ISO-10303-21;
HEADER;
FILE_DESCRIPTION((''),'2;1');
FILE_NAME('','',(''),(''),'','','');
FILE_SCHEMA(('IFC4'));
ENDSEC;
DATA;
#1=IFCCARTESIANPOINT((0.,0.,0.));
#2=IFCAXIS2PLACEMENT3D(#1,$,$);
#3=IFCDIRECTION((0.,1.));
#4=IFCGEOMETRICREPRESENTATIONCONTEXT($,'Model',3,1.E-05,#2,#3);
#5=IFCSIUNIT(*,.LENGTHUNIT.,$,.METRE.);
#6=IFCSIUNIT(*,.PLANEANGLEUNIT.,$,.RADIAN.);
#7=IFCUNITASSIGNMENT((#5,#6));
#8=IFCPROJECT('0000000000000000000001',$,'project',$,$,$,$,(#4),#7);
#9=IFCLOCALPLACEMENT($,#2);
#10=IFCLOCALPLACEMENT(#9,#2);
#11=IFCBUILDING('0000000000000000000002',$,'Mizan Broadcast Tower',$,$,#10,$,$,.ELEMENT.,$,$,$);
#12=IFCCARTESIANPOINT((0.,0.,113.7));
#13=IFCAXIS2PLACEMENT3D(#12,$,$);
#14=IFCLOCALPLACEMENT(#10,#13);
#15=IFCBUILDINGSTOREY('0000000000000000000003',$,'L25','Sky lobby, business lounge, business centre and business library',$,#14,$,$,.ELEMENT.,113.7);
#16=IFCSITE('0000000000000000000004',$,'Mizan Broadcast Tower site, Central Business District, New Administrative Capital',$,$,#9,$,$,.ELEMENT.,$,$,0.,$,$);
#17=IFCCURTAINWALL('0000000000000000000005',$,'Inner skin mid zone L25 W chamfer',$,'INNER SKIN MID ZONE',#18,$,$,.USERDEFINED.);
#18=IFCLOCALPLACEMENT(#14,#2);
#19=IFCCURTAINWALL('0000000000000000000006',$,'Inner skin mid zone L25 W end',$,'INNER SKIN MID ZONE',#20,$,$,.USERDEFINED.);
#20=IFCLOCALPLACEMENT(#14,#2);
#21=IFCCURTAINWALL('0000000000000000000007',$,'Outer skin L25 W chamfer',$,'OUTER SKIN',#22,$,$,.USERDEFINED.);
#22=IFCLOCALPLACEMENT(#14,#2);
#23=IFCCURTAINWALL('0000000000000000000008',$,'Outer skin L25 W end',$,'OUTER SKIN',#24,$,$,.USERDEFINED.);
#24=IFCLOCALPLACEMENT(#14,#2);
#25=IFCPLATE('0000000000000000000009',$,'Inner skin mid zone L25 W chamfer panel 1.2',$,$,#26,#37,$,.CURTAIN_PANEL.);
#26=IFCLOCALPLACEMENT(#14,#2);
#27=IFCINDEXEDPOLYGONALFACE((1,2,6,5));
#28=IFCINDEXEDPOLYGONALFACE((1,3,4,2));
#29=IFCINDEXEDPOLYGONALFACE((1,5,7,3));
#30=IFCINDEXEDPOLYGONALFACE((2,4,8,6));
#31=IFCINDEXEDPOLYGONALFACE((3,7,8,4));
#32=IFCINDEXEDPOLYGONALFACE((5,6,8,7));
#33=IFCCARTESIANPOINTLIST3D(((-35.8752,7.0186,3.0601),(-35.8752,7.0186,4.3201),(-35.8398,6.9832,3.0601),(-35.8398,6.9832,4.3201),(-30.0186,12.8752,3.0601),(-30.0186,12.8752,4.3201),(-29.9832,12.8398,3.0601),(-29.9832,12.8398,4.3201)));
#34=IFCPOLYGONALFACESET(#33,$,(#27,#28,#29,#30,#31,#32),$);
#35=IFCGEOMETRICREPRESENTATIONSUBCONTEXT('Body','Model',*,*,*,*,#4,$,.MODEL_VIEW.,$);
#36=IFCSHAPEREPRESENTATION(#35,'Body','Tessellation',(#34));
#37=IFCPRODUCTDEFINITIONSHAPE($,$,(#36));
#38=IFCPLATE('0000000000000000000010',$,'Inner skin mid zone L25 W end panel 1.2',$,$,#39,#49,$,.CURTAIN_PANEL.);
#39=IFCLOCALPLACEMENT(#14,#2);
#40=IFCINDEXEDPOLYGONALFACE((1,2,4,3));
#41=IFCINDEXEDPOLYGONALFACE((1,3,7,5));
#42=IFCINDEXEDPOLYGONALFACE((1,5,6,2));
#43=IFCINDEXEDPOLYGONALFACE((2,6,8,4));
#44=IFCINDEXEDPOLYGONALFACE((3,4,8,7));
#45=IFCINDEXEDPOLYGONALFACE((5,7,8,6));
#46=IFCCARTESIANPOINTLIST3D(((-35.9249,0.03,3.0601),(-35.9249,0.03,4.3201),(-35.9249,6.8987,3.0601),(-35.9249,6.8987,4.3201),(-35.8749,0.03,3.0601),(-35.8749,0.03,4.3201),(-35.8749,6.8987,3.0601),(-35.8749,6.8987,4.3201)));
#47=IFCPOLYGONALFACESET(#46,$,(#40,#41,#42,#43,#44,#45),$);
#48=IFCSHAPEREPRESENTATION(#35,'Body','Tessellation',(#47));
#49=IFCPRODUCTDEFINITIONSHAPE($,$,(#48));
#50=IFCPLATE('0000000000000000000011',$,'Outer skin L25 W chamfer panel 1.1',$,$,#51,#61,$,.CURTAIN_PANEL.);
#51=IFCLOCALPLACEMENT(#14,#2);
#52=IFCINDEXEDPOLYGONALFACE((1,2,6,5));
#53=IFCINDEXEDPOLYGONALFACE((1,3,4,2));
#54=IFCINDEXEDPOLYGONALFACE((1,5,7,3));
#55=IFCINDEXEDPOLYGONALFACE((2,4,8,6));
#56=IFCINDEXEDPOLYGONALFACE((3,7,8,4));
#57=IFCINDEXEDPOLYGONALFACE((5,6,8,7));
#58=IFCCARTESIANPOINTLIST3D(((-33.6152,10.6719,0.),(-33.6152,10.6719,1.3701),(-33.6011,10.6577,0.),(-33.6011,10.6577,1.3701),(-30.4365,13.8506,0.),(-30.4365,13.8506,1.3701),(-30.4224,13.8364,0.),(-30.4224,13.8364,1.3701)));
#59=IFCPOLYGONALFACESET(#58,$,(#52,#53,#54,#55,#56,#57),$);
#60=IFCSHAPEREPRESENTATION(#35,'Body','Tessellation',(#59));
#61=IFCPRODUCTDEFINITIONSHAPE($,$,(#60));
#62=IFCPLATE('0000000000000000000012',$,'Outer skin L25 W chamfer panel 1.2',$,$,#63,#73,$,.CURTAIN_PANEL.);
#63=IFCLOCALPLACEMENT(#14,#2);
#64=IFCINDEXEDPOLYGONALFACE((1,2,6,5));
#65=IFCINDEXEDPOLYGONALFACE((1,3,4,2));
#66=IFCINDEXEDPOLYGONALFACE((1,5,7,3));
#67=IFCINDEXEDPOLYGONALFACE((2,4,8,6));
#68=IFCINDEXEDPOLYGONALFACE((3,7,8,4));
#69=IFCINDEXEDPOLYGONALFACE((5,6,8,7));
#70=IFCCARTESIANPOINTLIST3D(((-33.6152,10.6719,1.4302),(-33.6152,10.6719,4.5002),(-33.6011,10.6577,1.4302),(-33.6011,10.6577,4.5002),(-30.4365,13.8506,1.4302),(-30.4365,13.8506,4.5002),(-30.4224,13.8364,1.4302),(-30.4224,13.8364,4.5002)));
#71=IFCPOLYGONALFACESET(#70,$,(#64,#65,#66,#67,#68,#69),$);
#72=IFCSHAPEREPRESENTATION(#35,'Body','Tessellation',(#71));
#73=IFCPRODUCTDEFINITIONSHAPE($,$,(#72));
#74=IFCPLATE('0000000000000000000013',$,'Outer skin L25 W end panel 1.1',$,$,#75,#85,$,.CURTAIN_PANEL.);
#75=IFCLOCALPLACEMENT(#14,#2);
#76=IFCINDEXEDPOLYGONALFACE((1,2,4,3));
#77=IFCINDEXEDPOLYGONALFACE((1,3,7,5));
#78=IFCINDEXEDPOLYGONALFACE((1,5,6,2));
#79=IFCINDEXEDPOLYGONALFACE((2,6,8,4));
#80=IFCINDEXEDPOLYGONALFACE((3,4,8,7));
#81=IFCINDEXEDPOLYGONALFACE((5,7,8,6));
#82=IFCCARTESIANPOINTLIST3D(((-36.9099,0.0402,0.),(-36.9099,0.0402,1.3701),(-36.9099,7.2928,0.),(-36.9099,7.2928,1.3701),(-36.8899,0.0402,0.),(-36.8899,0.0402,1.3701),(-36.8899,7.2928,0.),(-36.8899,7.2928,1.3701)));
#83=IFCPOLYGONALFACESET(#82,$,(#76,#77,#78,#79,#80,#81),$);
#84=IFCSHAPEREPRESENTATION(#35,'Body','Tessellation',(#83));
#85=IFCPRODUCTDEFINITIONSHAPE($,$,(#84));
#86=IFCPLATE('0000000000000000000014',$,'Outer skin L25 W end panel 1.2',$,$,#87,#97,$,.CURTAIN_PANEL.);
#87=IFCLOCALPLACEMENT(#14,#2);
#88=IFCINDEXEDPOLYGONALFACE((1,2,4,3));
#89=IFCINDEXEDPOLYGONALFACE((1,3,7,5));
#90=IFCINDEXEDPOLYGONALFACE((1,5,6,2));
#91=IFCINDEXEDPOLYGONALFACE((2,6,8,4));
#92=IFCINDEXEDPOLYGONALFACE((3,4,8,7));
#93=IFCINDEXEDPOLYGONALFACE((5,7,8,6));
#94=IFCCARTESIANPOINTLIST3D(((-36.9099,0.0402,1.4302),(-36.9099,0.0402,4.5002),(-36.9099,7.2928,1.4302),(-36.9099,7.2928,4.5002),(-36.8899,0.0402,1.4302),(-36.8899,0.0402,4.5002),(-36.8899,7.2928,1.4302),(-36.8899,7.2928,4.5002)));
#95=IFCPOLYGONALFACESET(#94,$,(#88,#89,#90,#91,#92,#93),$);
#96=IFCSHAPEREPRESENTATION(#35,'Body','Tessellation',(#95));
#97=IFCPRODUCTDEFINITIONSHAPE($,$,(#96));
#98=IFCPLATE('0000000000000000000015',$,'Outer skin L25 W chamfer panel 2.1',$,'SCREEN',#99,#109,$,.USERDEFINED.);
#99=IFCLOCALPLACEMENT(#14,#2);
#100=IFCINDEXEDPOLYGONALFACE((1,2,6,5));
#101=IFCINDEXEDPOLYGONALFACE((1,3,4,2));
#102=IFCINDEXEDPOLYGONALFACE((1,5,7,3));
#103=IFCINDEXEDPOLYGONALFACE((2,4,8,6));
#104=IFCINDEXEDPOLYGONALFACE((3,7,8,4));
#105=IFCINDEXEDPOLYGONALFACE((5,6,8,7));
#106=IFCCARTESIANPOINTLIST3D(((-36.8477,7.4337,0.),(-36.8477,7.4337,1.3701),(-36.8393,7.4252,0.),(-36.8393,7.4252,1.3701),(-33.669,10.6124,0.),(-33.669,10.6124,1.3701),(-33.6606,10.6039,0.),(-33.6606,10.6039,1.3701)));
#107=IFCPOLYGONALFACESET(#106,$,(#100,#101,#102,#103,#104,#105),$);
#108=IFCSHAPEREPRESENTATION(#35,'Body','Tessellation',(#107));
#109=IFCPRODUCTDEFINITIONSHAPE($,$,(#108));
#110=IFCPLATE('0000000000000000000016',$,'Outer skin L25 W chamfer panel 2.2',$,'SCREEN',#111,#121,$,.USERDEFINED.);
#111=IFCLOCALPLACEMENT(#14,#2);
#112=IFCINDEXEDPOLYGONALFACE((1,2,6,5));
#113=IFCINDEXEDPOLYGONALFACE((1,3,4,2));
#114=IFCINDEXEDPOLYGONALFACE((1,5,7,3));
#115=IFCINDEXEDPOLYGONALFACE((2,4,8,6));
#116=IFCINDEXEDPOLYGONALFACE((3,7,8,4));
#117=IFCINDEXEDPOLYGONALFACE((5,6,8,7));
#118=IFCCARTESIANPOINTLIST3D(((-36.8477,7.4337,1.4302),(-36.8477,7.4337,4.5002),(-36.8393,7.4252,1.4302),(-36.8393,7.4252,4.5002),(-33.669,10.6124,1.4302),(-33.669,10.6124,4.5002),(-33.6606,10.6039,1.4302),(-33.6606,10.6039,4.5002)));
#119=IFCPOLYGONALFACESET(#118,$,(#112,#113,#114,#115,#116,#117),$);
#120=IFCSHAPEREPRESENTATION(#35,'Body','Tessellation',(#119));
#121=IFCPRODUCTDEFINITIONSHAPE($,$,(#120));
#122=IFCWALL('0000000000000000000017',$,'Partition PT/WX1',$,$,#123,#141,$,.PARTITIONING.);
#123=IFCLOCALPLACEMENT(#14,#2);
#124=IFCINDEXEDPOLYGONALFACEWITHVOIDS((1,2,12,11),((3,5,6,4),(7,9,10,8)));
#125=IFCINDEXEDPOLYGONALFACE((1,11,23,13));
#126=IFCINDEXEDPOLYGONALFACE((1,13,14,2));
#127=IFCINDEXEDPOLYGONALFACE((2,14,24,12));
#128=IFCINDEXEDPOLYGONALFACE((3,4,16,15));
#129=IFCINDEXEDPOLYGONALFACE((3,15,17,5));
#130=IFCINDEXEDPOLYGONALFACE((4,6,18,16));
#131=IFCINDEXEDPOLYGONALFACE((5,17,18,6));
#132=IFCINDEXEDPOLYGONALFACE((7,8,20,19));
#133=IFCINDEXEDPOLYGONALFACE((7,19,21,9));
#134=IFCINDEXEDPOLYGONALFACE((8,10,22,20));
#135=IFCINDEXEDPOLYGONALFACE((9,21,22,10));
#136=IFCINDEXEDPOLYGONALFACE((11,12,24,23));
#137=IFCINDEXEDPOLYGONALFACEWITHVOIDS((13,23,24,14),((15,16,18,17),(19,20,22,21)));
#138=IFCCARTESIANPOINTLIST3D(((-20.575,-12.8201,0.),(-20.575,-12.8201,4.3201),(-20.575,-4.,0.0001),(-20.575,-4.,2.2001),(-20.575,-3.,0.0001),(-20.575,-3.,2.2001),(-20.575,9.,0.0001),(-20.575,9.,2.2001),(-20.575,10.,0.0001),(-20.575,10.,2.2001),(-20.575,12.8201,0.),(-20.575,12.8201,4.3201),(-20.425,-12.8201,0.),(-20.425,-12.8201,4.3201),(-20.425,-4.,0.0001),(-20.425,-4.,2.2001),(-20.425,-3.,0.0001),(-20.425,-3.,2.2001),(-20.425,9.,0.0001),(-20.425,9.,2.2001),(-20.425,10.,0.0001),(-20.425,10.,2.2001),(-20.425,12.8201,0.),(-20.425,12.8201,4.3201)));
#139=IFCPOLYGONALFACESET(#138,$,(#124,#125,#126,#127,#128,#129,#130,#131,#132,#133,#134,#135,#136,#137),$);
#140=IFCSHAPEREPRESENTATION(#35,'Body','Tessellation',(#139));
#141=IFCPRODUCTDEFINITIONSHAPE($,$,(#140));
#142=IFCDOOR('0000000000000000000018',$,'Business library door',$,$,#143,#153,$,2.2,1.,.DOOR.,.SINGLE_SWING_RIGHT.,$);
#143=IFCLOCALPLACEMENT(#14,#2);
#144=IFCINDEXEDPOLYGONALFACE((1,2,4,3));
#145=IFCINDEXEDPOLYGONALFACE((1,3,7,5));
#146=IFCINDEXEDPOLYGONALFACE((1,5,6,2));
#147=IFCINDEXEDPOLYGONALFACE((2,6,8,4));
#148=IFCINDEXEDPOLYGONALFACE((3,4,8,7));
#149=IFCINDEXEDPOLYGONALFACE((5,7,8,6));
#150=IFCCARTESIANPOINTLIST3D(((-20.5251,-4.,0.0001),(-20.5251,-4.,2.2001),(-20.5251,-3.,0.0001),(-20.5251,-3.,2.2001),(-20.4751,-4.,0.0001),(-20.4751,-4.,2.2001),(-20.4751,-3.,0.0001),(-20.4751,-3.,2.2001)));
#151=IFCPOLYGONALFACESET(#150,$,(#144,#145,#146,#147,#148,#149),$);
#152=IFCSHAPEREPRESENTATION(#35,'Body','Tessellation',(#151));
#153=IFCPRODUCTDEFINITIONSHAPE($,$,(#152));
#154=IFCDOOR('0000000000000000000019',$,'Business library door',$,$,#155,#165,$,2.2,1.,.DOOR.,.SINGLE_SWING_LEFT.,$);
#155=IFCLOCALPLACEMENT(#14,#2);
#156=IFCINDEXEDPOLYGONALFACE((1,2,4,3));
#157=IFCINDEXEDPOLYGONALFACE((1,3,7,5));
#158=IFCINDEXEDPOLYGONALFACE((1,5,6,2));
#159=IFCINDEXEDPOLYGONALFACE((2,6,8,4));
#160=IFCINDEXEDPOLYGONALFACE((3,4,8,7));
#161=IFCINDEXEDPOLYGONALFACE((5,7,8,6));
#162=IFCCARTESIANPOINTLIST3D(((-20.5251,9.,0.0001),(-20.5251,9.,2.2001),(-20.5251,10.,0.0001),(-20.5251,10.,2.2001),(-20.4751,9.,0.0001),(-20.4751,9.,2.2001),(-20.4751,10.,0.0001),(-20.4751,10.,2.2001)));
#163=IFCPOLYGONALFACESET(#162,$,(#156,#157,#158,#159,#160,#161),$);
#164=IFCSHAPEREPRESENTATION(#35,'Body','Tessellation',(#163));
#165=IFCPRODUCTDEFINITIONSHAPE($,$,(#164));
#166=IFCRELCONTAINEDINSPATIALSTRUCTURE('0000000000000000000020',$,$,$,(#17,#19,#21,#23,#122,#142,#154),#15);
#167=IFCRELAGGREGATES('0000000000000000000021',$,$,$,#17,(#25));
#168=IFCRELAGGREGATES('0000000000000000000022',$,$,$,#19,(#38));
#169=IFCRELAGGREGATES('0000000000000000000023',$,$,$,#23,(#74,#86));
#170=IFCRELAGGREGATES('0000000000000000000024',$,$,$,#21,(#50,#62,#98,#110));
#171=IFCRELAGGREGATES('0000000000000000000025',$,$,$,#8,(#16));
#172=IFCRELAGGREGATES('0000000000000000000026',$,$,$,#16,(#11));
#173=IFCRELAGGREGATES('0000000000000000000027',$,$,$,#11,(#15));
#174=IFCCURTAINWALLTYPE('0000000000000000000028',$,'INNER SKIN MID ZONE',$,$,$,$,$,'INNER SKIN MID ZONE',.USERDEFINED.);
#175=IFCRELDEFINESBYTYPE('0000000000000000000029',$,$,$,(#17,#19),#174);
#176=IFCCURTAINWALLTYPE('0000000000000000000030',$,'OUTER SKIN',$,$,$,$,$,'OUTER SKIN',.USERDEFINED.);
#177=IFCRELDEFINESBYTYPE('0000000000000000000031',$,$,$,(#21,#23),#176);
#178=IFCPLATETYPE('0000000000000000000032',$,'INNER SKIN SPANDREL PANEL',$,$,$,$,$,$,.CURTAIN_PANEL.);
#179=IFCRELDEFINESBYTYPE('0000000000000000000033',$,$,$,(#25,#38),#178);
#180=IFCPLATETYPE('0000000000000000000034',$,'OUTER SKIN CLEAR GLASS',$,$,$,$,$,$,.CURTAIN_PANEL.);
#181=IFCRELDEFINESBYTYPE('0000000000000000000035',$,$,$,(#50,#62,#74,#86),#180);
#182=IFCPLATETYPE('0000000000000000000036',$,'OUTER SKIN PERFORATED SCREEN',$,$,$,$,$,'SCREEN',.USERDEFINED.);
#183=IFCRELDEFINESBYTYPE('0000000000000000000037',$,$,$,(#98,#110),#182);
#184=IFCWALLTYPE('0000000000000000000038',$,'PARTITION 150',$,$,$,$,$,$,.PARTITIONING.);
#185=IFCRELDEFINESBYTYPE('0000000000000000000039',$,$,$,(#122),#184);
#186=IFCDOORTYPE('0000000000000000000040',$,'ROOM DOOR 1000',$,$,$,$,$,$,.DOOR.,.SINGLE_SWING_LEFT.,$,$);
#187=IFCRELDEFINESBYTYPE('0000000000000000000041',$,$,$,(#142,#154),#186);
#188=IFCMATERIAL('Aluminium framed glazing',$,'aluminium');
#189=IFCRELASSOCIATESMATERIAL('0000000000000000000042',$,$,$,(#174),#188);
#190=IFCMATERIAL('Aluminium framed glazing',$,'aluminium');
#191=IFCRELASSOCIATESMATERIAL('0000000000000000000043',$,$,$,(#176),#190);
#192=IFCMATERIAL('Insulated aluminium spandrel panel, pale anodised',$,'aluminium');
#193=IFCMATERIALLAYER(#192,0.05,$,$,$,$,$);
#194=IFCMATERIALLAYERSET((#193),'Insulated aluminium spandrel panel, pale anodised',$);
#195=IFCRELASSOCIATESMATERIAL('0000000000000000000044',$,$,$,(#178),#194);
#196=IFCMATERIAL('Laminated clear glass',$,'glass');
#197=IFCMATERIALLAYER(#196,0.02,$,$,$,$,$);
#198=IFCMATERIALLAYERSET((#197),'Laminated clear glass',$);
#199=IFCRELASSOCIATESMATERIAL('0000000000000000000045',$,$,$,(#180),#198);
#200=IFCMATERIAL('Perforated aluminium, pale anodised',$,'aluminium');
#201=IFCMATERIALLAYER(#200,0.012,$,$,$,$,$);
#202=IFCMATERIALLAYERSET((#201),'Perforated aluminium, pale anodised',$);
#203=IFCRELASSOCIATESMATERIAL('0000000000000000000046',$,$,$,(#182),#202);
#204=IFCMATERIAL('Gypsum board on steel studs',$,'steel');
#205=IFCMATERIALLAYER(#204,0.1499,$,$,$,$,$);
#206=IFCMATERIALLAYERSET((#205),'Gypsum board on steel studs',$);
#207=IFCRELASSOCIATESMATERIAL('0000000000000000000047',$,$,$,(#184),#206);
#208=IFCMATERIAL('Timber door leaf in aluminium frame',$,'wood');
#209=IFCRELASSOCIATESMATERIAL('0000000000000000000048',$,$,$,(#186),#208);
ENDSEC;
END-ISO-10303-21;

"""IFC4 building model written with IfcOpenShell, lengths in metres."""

from ifc_helpers import new_model, si_unit, direction, frame, frame_2d, origin, origin_2d, place, context, subcontext, project, spatial, rectangle, extrude, material, layer, layer_set, type_object, element, fill, aggregate, save


model = new_model("IFC4")

# Units and contexts
model_context = context("Model", 3, precision=1e-05, world=origin(), true_north=direction((0.0, 1.0)))
body_context = subcontext(model_context, "Body", "Model", "MODEL_VIEW")
ifc_project = project(units=[si_unit("LENGTHUNIT", "METRE"), si_unit("PLANEANGLEUNIT", "RADIAN")], contexts=[model_context])

# Site, building, storey
site_placement = place(None, origin())
site = spatial("IfcSite", under=ifc_project, at=site_placement, Name="Mizan Broadcast Tower site, Central Business District, New Administrative Capital", CompositionType="ELEMENT", RefElevation=0.0)
building_placement = place(site_placement, origin())
building = spatial("IfcBuilding", under=site, at=building_placement, Name="Mizan Broadcast Tower", CompositionType="ELEMENT")
storey_placement = place(building_placement, frame((0.0, 0.0, 113.7)))
storey = spatial("IfcBuildingStorey", under=building, at=storey_placement, Name="L25", Description="Sky lobby, business lounge, business centre and business library", CompositionType="ELEMENT", Elevation=113.7)

# Shared definitions
ifc_material_1 = material(Name="Aluminium framed glazing", Category="aluminium")
curtain_wall_type_1 = type_object("IfcCurtainWallType", Name="INNER SKIN MID ZONE", ElementType="INNER SKIN MID ZONE", PredefinedType="USERDEFINED", material=ifc_material_1)

# Curtain wall
curtain_wall_1_placement = place(storey_placement, origin())
curtain_wall_1 = element("IfcCurtainWall", 1, at=curtain_wall_1_placement, inside=storey, type_object=curtain_wall_type_1, Name="Inner skin mid zone L25 W chamfer", ObjectType="INNER SKIN MID ZONE", PredefinedType="USERDEFINED")

# Curtain wall
curtain_wall_2_placement = place(storey_placement, origin())
curtain_wall_2 = element("IfcCurtainWall", 2, at=curtain_wall_2_placement, inside=storey, type_object=curtain_wall_type_1, Name="Inner skin mid zone L25 W end", ObjectType="INNER SKIN MID ZONE", PredefinedType="USERDEFINED")

# Curtain wall
ifc_material_2 = material(Name="Aluminium framed glazing", Category="aluminium")
curtain_wall_type_2 = type_object("IfcCurtainWallType", Name="OUTER SKIN", ElementType="OUTER SKIN", PredefinedType="USERDEFINED", material=ifc_material_2)
curtain_wall_3_placement = place(storey_placement, origin())
curtain_wall_3 = element("IfcCurtainWall", 3, at=curtain_wall_3_placement, inside=storey, type_object=curtain_wall_type_2, Name="Outer skin L25 W chamfer", ObjectType="OUTER SKIN", PredefinedType="USERDEFINED")

# Curtain wall
curtain_wall_4_placement = place(storey_placement, origin())
curtain_wall_4 = element("IfcCurtainWall", 4, at=curtain_wall_4_placement, inside=storey, type_object=curtain_wall_type_2, Name="Outer skin L25 W end", ObjectType="OUTER SKIN", PredefinedType="USERDEFINED")

# Plates
ifc_material_3 = material(Name="Insulated aluminium spandrel panel, pale anodised", Category="aluminium")
ifc_layer_1 = layer(ifc_material_3, 0.05)
ifc_layer_set_1 = layer_set([ifc_layer_1], Name="Insulated aluminium spandrel panel, pale anodised")
plate_type_1 = type_object("IfcPlateType", Name="INNER SKIN SPANDREL PANEL", PredefinedType="CURTAIN_PANEL", material=ifc_layer_set_1)
plate_1_placement = place(storey_placement, frame((-32.9292, 9.9292, 3.0601), z_axis=(0.0, 0.0, 1.0), x_axis=(-0.707107, -0.707107, 0.0)))
plate_1 = element("IfcPlate", 5, at=plate_1_placement, type_object=plate_type_1, Name="Inner skin mid zone L25 W chamfer panel 1.2", PredefinedType="CURTAIN_PANEL", context=body_context, shape_type="SweptSolid", body=[
    extrude(rectangle(XDim=8.2825, YDim=0.05, at=origin_2d()), origin(), (0.0, 0.0, 1.0), 1.26),
])
aggregate(curtain_wall_1, [plate_1])
plate_2_placement = place(storey_placement, frame((-35.8999, 3.4644, 3.0601), z_axis=(0.0, 0.0, 1.0), x_axis=(0.0, -1.0, 0.0)))
plate_2 = element("IfcPlate", 6, at=plate_2_placement, type_object=plate_type_1, Name="Inner skin mid zone L25 W end panel 1.2", PredefinedType="CURTAIN_PANEL", context=body_context, shape_type="SweptSolid", body=[
    extrude(rectangle(XDim=6.8687, YDim=0.05, at=origin_2d()), origin(), (0.0, 0.0, 1.0), 1.26),
])
aggregate(curtain_wall_2, [plate_2])
ifc_material_4 = material(Name="Laminated clear glass", Category="glass")
ifc_layer_2 = layer(ifc_material_4, 0.02)
ifc_layer_set_2 = layer_set([ifc_layer_2], Name="Laminated clear glass")
plate_type_2 = type_object("IfcPlateType", Name="OUTER SKIN CLEAR GLASS", PredefinedType="CURTAIN_PANEL", material=ifc_layer_set_2)
plate_3_placement = place(storey_placement, frame((-32.0188, 12.2542, 0.0), z_axis=(0.0, 0.0, 1.0), x_axis=(-0.707107, -0.707107, 0.0)))
plate_3 = element("IfcPlate", 7, at=plate_3_placement, type_object=plate_type_2, Name="Outer skin L25 W chamfer panel 1.1", PredefinedType="CURTAIN_PANEL", context=body_context, shape_type="SweptSolid", body=[
    extrude(rectangle(XDim=4.4954, YDim=0.02, at=origin_2d()), origin(), (0.0, 0.0, 1.0), 1.3701),
])
plate_4_placement = place(storey_placement, frame((-32.0188, 12.2542, 1.4302), z_axis=(0.0, 0.0, 1.0), x_axis=(-0.707107, -0.707107, 0.0)))
plate_4 = element("IfcPlate", 8, at=plate_4_placement, type_object=plate_type_2, Name="Outer skin L25 W chamfer panel 1.2", PredefinedType="CURTAIN_PANEL", context=body_context, shape_type="SweptSolid", body=[
    extrude(rectangle(XDim=4.4954, YDim=0.02, at=origin_2d()), origin(), (0.0, 0.0, 1.0), 3.0701),
])
plate_5_placement = place(storey_placement, frame((-36.8999, 3.6665, 0.0), z_axis=(0.0, 0.0, 1.0), x_axis=(0.0, -1.0, 0.0)))
plate_5 = element("IfcPlate", 9, at=plate_5_placement, type_object=plate_type_2, Name="Outer skin L25 W end panel 1.1", PredefinedType="CURTAIN_PANEL", context=body_context, shape_type="SweptSolid", body=[
    extrude(rectangle(XDim=7.2527, YDim=0.02, at=origin_2d()), origin(), (0.0, 0.0, 1.0), 1.3701),
])
plate_6_placement = place(storey_placement, frame((-36.8999, 3.6665, 1.4302), z_axis=(0.0, 0.0, 1.0), x_axis=(0.0, -1.0, 0.0)))
plate_6 = element("IfcPlate", 10, at=plate_6_placement, type_object=plate_type_2, Name="Outer skin L25 W end panel 1.2", PredefinedType="CURTAIN_PANEL", context=body_context, shape_type="SweptSolid", body=[
    extrude(rectangle(XDim=7.2527, YDim=0.02, at=origin_2d()), origin(), (0.0, 0.0, 1.0), 3.0701),
])
aggregate(curtain_wall_4, [plate_5, plate_6])
ifc_material_5 = material(Name="Perforated aluminium, pale anodised", Category="aluminium")
ifc_layer_3 = layer(ifc_material_5, 0.012)
ifc_layer_set_3 = layer_set([ifc_layer_3], Name="Perforated aluminium, pale anodised")
plate_type_3 = type_object("IfcPlateType", Name="OUTER SKIN PERFORATED SCREEN", ElementType="SCREEN", PredefinedType="USERDEFINED", material=ifc_layer_set_3)
plate_7_placement = place(storey_placement, frame((-35.2542, 9.0188, 0.0), z_axis=(0.0, 0.0, 1.0), x_axis=(-0.707107, -0.707107, 0.0)))
plate_7 = element("IfcPlate", 11, at=plate_7_placement, type_object=plate_type_3, Name="Outer skin L25 W chamfer panel 2.1", ObjectType="SCREEN", PredefinedType="USERDEFINED", context=body_context, shape_type="SweptSolid", body=[
    extrude(rectangle(XDim=4.4954, YDim=0.012, at=origin_2d()), origin(), (0.0, 0.0, 1.0), 1.3701),
])
plate_8_placement = place(storey_placement, frame((-35.2542, 9.0188, 1.4302), z_axis=(0.0, 0.0, 1.0), x_axis=(-0.707107, -0.707107, 0.0)))
plate_8 = element("IfcPlate", 12, at=plate_8_placement, type_object=plate_type_3, Name="Outer skin L25 W chamfer panel 2.2", ObjectType="SCREEN", PredefinedType="USERDEFINED", context=body_context, shape_type="SweptSolid", body=[
    extrude(rectangle(XDim=4.4954, YDim=0.012, at=origin_2d()), origin(), (0.0, 0.0, 1.0), 3.0701),
])
aggregate(curtain_wall_3, [plate_3, plate_4, plate_7, plate_8])

# Wall, openings, doors
ifc_material_6 = material(Name="Gypsum board on steel studs", Category="steel")
ifc_layer_4 = layer(ifc_material_6, 0.1499)
ifc_layer_set_4 = layer_set([ifc_layer_4], Name="Gypsum board on steel studs")
wall_type = type_object("IfcWallType", Name="PARTITION 150", PredefinedType="PARTITIONING", material=ifc_layer_set_4)
wall_placement = place(storey_placement, frame((-20.5, 12.8201, 0.0), z_axis=(0.0, 0.0, 1.0), x_axis=(0.0, -1.0, 0.0)))
wall = element("IfcWall", 13, at=wall_placement, inside=storey, type_object=wall_type, Name="Partition PT/WX1", PredefinedType="PARTITIONING", context=body_context, shape_type="SweptSolid", body=[
    extrude(rectangle(XDim=25.6401, YDim=0.1499, at=frame_2d((12.8201, 0.0))), origin(), (0.0, 0.0, 1.0), 4.3201),
])
opening_1_placement = place(wall_placement, frame((15.8201, 0.0, 0.0)))
opening_1 = element("IfcOpeningElement", 14, at=opening_1_placement, cuts=wall, PredefinedType="OPENING", context=body_context, shape_type="SweptSolid", body=[
    extrude(rectangle(XDim=1.0, YDim=2.2, at=frame_2d((0.5, 1.1001))), frame((0.0, 0.085, 0.0), z_axis=(0.0, -1.0, 0.0), x_axis=(1.0, 0.0, 0.0)), (0.0, 0.0, 1.0), 0.1699),
])
opening_2_placement = place(wall_placement, frame((2.8201, 0.0, 0.0)))
opening_2 = element("IfcOpeningElement", 15, at=opening_2_placement, cuts=wall, PredefinedType="OPENING", context=body_context, shape_type="SweptSolid", body=[
    extrude(rectangle(XDim=1.0, YDim=2.2, at=frame_2d((0.5, 1.1001))), frame((0.0, 0.085, 0.0), z_axis=(0.0, -1.0, 0.0), x_axis=(1.0, 0.0, 0.0)), (0.0, 0.0, 1.0), 0.1699),
])
ifc_material_7 = material(Name="Timber door leaf in aluminium frame", Category="wood")
door_type = type_object("IfcDoorType", Name="ROOM DOOR 1000", OperationType="SINGLE_SWING_LEFT", PredefinedType="DOOR", material=ifc_material_7)
door_1_placement = place(opening_1_placement, origin())
door_1 = element("IfcDoor", 16, at=door_1_placement, inside=storey, type_object=door_type, Name="Business library door", OperationType="SINGLE_SWING_RIGHT", OverallHeight=2.2, OverallWidth=1.0, PredefinedType="DOOR", context=body_context, shape_type="SweptSolid", body=[
    extrude(rectangle(XDim=1.0, YDim=2.2, at=frame_2d((0.5, 1.1001))), frame((0.0, 0.0249, 0.0), z_axis=(0.0, -1.0, 0.0), x_axis=(1.0, 0.0, 0.0)), (0.0, 0.0, 1.0), 0.05),
])
fill(opening_1, door_1)
door_2_placement = place(opening_2_placement, origin())
door_2 = element("IfcDoor", 17, at=door_2_placement, inside=storey, type_object=door_type, Name="Business library door", OperationType="SINGLE_SWING_LEFT", OverallHeight=2.2, OverallWidth=1.0, PredefinedType="DOOR", context=body_context, shape_type="SweptSolid", body=[
    extrude(rectangle(XDim=1.0, YDim=2.2, at=frame_2d((0.5, 1.1001))), frame((0.0, 0.0249, 0.0), z_axis=(0.0, -1.0, 0.0), x_axis=(1.0, 0.0, 0.0)), (0.0, 0.0, 1.0), 0.05),
])
fill(opening_2, door_2)

save(model, "model.ifc")
